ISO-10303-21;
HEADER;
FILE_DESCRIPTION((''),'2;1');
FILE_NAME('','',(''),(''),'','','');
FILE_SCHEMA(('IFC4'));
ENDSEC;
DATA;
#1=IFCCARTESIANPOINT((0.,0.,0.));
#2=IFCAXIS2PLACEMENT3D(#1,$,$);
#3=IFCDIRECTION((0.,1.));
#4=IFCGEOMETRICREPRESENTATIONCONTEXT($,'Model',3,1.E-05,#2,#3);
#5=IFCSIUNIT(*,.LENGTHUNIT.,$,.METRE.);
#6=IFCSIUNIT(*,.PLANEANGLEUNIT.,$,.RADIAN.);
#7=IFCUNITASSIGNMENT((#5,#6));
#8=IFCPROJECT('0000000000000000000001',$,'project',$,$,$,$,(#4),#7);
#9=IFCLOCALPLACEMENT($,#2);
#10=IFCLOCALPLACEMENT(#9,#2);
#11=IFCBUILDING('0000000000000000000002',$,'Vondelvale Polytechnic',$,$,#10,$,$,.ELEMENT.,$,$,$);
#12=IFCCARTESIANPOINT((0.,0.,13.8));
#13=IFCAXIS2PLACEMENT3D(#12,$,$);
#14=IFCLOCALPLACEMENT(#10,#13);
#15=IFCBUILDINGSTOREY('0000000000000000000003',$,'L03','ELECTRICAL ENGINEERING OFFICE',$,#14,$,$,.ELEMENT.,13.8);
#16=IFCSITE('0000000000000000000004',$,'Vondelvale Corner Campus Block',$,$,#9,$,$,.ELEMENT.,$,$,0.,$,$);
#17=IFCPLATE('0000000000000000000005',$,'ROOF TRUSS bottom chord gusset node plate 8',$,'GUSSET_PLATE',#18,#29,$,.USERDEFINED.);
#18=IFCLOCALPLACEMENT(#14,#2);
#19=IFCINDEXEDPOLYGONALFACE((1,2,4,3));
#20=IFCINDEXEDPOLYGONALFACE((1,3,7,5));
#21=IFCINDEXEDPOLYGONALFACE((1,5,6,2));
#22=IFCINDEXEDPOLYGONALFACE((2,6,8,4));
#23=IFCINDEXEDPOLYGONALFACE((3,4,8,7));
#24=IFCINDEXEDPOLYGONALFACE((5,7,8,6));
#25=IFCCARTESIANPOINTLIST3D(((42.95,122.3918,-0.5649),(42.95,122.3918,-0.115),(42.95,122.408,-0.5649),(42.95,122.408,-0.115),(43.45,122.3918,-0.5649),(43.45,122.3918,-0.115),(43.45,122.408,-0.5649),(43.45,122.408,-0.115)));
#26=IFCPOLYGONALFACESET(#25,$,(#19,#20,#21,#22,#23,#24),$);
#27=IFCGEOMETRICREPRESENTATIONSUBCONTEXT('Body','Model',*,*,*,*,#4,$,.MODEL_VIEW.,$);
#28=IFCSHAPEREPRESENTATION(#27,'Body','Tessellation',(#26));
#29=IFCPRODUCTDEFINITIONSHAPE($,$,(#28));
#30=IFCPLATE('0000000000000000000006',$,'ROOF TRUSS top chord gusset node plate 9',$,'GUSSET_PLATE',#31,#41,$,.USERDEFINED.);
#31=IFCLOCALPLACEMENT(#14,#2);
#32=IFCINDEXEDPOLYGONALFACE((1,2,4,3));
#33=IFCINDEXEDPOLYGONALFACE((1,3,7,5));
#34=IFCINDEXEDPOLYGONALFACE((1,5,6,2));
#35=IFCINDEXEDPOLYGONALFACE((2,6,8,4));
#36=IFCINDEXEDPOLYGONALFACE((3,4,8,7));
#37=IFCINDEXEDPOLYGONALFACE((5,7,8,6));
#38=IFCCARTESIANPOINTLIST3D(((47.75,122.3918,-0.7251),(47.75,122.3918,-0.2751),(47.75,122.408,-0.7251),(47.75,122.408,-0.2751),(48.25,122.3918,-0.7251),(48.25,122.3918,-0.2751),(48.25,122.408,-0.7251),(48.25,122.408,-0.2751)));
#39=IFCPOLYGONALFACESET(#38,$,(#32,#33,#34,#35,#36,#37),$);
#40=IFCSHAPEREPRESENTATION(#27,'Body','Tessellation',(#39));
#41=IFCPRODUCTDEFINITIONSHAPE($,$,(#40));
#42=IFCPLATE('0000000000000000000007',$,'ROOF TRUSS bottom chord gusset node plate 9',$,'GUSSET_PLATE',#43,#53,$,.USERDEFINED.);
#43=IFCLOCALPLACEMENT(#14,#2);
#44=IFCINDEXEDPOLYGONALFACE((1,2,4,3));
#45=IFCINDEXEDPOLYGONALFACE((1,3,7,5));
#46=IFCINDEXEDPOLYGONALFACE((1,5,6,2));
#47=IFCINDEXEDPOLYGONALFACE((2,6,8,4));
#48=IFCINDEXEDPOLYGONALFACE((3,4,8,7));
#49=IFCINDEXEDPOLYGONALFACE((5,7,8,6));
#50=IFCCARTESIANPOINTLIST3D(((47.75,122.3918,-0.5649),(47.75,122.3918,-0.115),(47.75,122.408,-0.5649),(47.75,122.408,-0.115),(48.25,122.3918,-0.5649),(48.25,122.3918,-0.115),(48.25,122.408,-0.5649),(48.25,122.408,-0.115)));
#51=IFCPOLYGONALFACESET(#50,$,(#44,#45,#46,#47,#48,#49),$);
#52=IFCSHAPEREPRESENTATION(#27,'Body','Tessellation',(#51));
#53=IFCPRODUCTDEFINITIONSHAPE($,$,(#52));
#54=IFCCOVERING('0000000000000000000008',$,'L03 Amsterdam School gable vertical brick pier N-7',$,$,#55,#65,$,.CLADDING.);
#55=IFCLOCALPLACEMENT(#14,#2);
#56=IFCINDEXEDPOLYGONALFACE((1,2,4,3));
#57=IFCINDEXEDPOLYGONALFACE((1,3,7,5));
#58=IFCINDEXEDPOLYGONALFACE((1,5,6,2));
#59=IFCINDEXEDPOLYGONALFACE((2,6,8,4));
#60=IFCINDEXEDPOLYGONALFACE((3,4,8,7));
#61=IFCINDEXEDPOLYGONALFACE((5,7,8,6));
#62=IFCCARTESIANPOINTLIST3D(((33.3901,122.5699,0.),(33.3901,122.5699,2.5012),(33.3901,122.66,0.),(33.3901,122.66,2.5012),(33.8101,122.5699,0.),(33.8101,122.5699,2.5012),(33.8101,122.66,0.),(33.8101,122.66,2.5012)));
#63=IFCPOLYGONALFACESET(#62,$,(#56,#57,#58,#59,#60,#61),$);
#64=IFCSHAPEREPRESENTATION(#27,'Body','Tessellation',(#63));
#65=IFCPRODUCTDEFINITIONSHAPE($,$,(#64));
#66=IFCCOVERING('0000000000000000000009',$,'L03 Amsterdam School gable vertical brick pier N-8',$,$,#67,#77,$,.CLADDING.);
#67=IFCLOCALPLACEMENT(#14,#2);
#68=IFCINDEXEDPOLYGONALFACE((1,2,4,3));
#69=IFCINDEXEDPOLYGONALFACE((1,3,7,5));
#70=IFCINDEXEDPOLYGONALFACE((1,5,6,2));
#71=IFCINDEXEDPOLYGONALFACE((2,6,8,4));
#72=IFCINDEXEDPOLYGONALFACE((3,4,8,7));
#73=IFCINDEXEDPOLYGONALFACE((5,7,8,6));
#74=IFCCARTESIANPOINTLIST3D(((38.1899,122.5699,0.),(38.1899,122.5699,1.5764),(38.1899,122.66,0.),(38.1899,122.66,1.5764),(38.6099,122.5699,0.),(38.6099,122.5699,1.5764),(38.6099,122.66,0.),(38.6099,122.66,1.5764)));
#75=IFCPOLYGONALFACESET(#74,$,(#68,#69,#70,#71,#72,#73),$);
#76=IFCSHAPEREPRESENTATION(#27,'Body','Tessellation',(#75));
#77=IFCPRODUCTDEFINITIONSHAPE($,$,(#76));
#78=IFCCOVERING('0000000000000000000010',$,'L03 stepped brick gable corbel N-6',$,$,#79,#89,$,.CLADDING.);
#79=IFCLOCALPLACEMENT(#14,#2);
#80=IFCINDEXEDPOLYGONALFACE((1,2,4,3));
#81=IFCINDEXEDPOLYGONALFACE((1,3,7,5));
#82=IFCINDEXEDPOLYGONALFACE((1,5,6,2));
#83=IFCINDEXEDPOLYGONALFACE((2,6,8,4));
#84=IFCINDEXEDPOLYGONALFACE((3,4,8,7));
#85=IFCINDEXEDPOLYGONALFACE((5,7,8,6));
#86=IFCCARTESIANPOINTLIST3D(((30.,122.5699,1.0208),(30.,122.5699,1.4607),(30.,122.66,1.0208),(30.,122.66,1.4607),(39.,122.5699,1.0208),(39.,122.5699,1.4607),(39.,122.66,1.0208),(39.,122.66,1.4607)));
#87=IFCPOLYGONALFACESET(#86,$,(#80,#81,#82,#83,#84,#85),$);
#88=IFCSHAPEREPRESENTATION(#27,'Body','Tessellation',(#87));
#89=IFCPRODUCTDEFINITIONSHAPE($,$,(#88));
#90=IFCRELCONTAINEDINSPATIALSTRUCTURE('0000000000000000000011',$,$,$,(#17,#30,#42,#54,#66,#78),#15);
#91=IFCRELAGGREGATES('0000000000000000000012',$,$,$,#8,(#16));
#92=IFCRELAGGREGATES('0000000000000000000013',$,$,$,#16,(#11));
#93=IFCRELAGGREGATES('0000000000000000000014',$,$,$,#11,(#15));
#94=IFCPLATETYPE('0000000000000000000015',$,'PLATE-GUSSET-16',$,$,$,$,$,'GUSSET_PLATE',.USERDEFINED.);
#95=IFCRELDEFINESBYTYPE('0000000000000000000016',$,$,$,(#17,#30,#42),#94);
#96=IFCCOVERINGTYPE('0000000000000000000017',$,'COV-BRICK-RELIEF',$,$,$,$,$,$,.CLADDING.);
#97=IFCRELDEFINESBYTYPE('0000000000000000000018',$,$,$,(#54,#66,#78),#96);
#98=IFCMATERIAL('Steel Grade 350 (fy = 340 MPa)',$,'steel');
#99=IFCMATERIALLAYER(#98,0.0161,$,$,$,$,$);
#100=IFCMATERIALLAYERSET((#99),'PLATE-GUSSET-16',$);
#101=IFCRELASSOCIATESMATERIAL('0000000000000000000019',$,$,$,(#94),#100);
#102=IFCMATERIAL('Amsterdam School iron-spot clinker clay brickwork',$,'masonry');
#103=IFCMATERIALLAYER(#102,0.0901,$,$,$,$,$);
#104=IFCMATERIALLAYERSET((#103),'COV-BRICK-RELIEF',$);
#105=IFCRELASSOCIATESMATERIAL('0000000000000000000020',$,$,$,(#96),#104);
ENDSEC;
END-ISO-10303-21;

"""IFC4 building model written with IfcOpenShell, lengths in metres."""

from ifc_helpers import new_model, si_unit, direction, frame, origin, origin_2d, place, context, subcontext, project, spatial, rectangle, extrude, material, layer, layer_set, type_object, element, save


model = new_model("IFC4")

# Units and contexts
model_context = context("Model", 3, precision=1e-05, world=origin(), true_north=direction((0.0, 1.0)))
body_context = subcontext(model_context, "Body", "Model", "MODEL_VIEW")
ifc_project = project(units=[si_unit("LENGTHUNIT", "METRE"), si_unit("PLANEANGLEUNIT", "RADIAN")], contexts=[model_context])

# Site, building, storey
site_placement = place(None, origin())
site = spatial("IfcSite", under=ifc_project, at=site_placement, Name="Vondelvale Corner Campus Block", CompositionType="ELEMENT", RefElevation=0.0)
building_placement = place(site_placement, origin())
building = spatial("IfcBuilding", under=site, at=building_placement, Name="Vondelvale Polytechnic", CompositionType="ELEMENT")
storey_placement = place(building_placement, frame((0.0, 0.0, 13.8)))
storey = spatial("IfcBuildingStorey", under=building, at=storey_placement, Name="L03", Description="ELECTRICAL ENGINEERING OFFICE", CompositionType="ELEMENT", Elevation=13.8)

# Plates
ifc_material_1 = material(Name="Steel Grade 350 (fy = 340 MPa)", Category="steel")
ifc_layer_1 = layer(ifc_material_1, 0.0161)
ifc_layer_set_1 = layer_set([ifc_layer_1], Name="PLATE-GUSSET-16")
plate_type_1 = type_object("IfcPlateType", Name="PLATE-GUSSET-16", ElementType="GUSSET_PLATE", PredefinedType="USERDEFINED", material=ifc_layer_set_1)
for number, where, z_axis, x_axis, name in (
    (1, (43.2, 122.3999, -0.5649), (0.0, 0.0, 1.0), (1.0, 0.0, 0.0), "ROOF TRUSS bottom chord gusset node plate 8"),
    (2, (48.0, 122.3999, -0.7251), (0.0, 0.0, 1.0), (1.0, 0.0, 0.0), "ROOF TRUSS top chord gusset node plate 9"),
    (3, (48.0, 122.3999, -0.5649), (0.0, 0.0, 1.0), (1.0, 0.0, 0.0), "ROOF TRUSS bottom chord gusset node plate 9"),
):
    element("IfcPlate", number, at=place(storey_placement, frame(where, z_axis=z_axis, x_axis=x_axis)), inside=storey, type_object=plate_type_1, Name=name, ObjectType="GUSSET_PLATE", PredefinedType="USERDEFINED", context=body_context, shape_type="SweptSolid", body=[
        extrude(rectangle(XDim=0.5, YDim=0.0161, at=origin_2d()), origin(), (0.0, 0.0, 1.0), 0.45),
    ])

# Coverings
ifc_material_2 = material(Name="Amsterdam School iron-spot clinker clay brickwork", Category="masonry")
ifc_layer_2 = layer(ifc_material_2, 0.0901)
ifc_layer_set_2 = layer_set([ifc_layer_2], Name="COV-BRICK-RELIEF")
covering_type = type_object("IfcCoveringType", Name="COV-BRICK-RELIEF", PredefinedType="CLADDING", material=ifc_layer_set_2)
covering_1_placement = place(storey_placement, frame((33.6001, 122.615, 0.0), z_axis=(0.0, 0.0, 1.0), x_axis=(1.0, 0.0, 0.0)))
element("IfcCovering", 4, at=covering_1_placement, inside=storey, type_object=covering_type, Name="L03 Amsterdam School gable vertical brick pier N-7", PredefinedType="CLADDING", context=body_context, shape_type="SweptSolid", body=[
    extrude(rectangle(XDim=0.4199, YDim=0.0901, at=origin_2d()), origin(), (0.0, 0.0, 1.0), 2.5012),
])
covering_2_placement = place(storey_placement, frame((38.3999, 122.615, 0.0), z_axis=(0.0, 0.0, 1.0), x_axis=(1.0, 0.0, 0.0)))
element("IfcCovering", 5, at=covering_2_placement, inside=storey, type_object=covering_type, Name="L03 Amsterdam School gable vertical brick pier N-8", PredefinedType="CLADDING", context=body_context, shape_type="SweptSolid", body=[
    extrude(rectangle(XDim=0.4199, YDim=0.0901, at=origin_2d()), origin(), (0.0, 0.0, 1.0), 1.5764),
])
covering_3_placement = place(storey_placement, frame((34.5, 122.615, 1.0208), z_axis=(0.0, 0.0, 1.0), x_axis=(1.0, 0.0, 0.0)))
element("IfcCovering", 6, at=covering_3_placement, inside=storey, type_object=covering_type, Name="L03 stepped brick gable corbel N-6", PredefinedType="CLADDING", context=body_context, shape_type="SweptSolid", body=[
    extrude(rectangle(XDim=9.0, YDim=0.0901, at=origin_2d()), origin(), (0.0, 0.0, 1.0), 0.4399),
])

save(model, "model.ifc")
